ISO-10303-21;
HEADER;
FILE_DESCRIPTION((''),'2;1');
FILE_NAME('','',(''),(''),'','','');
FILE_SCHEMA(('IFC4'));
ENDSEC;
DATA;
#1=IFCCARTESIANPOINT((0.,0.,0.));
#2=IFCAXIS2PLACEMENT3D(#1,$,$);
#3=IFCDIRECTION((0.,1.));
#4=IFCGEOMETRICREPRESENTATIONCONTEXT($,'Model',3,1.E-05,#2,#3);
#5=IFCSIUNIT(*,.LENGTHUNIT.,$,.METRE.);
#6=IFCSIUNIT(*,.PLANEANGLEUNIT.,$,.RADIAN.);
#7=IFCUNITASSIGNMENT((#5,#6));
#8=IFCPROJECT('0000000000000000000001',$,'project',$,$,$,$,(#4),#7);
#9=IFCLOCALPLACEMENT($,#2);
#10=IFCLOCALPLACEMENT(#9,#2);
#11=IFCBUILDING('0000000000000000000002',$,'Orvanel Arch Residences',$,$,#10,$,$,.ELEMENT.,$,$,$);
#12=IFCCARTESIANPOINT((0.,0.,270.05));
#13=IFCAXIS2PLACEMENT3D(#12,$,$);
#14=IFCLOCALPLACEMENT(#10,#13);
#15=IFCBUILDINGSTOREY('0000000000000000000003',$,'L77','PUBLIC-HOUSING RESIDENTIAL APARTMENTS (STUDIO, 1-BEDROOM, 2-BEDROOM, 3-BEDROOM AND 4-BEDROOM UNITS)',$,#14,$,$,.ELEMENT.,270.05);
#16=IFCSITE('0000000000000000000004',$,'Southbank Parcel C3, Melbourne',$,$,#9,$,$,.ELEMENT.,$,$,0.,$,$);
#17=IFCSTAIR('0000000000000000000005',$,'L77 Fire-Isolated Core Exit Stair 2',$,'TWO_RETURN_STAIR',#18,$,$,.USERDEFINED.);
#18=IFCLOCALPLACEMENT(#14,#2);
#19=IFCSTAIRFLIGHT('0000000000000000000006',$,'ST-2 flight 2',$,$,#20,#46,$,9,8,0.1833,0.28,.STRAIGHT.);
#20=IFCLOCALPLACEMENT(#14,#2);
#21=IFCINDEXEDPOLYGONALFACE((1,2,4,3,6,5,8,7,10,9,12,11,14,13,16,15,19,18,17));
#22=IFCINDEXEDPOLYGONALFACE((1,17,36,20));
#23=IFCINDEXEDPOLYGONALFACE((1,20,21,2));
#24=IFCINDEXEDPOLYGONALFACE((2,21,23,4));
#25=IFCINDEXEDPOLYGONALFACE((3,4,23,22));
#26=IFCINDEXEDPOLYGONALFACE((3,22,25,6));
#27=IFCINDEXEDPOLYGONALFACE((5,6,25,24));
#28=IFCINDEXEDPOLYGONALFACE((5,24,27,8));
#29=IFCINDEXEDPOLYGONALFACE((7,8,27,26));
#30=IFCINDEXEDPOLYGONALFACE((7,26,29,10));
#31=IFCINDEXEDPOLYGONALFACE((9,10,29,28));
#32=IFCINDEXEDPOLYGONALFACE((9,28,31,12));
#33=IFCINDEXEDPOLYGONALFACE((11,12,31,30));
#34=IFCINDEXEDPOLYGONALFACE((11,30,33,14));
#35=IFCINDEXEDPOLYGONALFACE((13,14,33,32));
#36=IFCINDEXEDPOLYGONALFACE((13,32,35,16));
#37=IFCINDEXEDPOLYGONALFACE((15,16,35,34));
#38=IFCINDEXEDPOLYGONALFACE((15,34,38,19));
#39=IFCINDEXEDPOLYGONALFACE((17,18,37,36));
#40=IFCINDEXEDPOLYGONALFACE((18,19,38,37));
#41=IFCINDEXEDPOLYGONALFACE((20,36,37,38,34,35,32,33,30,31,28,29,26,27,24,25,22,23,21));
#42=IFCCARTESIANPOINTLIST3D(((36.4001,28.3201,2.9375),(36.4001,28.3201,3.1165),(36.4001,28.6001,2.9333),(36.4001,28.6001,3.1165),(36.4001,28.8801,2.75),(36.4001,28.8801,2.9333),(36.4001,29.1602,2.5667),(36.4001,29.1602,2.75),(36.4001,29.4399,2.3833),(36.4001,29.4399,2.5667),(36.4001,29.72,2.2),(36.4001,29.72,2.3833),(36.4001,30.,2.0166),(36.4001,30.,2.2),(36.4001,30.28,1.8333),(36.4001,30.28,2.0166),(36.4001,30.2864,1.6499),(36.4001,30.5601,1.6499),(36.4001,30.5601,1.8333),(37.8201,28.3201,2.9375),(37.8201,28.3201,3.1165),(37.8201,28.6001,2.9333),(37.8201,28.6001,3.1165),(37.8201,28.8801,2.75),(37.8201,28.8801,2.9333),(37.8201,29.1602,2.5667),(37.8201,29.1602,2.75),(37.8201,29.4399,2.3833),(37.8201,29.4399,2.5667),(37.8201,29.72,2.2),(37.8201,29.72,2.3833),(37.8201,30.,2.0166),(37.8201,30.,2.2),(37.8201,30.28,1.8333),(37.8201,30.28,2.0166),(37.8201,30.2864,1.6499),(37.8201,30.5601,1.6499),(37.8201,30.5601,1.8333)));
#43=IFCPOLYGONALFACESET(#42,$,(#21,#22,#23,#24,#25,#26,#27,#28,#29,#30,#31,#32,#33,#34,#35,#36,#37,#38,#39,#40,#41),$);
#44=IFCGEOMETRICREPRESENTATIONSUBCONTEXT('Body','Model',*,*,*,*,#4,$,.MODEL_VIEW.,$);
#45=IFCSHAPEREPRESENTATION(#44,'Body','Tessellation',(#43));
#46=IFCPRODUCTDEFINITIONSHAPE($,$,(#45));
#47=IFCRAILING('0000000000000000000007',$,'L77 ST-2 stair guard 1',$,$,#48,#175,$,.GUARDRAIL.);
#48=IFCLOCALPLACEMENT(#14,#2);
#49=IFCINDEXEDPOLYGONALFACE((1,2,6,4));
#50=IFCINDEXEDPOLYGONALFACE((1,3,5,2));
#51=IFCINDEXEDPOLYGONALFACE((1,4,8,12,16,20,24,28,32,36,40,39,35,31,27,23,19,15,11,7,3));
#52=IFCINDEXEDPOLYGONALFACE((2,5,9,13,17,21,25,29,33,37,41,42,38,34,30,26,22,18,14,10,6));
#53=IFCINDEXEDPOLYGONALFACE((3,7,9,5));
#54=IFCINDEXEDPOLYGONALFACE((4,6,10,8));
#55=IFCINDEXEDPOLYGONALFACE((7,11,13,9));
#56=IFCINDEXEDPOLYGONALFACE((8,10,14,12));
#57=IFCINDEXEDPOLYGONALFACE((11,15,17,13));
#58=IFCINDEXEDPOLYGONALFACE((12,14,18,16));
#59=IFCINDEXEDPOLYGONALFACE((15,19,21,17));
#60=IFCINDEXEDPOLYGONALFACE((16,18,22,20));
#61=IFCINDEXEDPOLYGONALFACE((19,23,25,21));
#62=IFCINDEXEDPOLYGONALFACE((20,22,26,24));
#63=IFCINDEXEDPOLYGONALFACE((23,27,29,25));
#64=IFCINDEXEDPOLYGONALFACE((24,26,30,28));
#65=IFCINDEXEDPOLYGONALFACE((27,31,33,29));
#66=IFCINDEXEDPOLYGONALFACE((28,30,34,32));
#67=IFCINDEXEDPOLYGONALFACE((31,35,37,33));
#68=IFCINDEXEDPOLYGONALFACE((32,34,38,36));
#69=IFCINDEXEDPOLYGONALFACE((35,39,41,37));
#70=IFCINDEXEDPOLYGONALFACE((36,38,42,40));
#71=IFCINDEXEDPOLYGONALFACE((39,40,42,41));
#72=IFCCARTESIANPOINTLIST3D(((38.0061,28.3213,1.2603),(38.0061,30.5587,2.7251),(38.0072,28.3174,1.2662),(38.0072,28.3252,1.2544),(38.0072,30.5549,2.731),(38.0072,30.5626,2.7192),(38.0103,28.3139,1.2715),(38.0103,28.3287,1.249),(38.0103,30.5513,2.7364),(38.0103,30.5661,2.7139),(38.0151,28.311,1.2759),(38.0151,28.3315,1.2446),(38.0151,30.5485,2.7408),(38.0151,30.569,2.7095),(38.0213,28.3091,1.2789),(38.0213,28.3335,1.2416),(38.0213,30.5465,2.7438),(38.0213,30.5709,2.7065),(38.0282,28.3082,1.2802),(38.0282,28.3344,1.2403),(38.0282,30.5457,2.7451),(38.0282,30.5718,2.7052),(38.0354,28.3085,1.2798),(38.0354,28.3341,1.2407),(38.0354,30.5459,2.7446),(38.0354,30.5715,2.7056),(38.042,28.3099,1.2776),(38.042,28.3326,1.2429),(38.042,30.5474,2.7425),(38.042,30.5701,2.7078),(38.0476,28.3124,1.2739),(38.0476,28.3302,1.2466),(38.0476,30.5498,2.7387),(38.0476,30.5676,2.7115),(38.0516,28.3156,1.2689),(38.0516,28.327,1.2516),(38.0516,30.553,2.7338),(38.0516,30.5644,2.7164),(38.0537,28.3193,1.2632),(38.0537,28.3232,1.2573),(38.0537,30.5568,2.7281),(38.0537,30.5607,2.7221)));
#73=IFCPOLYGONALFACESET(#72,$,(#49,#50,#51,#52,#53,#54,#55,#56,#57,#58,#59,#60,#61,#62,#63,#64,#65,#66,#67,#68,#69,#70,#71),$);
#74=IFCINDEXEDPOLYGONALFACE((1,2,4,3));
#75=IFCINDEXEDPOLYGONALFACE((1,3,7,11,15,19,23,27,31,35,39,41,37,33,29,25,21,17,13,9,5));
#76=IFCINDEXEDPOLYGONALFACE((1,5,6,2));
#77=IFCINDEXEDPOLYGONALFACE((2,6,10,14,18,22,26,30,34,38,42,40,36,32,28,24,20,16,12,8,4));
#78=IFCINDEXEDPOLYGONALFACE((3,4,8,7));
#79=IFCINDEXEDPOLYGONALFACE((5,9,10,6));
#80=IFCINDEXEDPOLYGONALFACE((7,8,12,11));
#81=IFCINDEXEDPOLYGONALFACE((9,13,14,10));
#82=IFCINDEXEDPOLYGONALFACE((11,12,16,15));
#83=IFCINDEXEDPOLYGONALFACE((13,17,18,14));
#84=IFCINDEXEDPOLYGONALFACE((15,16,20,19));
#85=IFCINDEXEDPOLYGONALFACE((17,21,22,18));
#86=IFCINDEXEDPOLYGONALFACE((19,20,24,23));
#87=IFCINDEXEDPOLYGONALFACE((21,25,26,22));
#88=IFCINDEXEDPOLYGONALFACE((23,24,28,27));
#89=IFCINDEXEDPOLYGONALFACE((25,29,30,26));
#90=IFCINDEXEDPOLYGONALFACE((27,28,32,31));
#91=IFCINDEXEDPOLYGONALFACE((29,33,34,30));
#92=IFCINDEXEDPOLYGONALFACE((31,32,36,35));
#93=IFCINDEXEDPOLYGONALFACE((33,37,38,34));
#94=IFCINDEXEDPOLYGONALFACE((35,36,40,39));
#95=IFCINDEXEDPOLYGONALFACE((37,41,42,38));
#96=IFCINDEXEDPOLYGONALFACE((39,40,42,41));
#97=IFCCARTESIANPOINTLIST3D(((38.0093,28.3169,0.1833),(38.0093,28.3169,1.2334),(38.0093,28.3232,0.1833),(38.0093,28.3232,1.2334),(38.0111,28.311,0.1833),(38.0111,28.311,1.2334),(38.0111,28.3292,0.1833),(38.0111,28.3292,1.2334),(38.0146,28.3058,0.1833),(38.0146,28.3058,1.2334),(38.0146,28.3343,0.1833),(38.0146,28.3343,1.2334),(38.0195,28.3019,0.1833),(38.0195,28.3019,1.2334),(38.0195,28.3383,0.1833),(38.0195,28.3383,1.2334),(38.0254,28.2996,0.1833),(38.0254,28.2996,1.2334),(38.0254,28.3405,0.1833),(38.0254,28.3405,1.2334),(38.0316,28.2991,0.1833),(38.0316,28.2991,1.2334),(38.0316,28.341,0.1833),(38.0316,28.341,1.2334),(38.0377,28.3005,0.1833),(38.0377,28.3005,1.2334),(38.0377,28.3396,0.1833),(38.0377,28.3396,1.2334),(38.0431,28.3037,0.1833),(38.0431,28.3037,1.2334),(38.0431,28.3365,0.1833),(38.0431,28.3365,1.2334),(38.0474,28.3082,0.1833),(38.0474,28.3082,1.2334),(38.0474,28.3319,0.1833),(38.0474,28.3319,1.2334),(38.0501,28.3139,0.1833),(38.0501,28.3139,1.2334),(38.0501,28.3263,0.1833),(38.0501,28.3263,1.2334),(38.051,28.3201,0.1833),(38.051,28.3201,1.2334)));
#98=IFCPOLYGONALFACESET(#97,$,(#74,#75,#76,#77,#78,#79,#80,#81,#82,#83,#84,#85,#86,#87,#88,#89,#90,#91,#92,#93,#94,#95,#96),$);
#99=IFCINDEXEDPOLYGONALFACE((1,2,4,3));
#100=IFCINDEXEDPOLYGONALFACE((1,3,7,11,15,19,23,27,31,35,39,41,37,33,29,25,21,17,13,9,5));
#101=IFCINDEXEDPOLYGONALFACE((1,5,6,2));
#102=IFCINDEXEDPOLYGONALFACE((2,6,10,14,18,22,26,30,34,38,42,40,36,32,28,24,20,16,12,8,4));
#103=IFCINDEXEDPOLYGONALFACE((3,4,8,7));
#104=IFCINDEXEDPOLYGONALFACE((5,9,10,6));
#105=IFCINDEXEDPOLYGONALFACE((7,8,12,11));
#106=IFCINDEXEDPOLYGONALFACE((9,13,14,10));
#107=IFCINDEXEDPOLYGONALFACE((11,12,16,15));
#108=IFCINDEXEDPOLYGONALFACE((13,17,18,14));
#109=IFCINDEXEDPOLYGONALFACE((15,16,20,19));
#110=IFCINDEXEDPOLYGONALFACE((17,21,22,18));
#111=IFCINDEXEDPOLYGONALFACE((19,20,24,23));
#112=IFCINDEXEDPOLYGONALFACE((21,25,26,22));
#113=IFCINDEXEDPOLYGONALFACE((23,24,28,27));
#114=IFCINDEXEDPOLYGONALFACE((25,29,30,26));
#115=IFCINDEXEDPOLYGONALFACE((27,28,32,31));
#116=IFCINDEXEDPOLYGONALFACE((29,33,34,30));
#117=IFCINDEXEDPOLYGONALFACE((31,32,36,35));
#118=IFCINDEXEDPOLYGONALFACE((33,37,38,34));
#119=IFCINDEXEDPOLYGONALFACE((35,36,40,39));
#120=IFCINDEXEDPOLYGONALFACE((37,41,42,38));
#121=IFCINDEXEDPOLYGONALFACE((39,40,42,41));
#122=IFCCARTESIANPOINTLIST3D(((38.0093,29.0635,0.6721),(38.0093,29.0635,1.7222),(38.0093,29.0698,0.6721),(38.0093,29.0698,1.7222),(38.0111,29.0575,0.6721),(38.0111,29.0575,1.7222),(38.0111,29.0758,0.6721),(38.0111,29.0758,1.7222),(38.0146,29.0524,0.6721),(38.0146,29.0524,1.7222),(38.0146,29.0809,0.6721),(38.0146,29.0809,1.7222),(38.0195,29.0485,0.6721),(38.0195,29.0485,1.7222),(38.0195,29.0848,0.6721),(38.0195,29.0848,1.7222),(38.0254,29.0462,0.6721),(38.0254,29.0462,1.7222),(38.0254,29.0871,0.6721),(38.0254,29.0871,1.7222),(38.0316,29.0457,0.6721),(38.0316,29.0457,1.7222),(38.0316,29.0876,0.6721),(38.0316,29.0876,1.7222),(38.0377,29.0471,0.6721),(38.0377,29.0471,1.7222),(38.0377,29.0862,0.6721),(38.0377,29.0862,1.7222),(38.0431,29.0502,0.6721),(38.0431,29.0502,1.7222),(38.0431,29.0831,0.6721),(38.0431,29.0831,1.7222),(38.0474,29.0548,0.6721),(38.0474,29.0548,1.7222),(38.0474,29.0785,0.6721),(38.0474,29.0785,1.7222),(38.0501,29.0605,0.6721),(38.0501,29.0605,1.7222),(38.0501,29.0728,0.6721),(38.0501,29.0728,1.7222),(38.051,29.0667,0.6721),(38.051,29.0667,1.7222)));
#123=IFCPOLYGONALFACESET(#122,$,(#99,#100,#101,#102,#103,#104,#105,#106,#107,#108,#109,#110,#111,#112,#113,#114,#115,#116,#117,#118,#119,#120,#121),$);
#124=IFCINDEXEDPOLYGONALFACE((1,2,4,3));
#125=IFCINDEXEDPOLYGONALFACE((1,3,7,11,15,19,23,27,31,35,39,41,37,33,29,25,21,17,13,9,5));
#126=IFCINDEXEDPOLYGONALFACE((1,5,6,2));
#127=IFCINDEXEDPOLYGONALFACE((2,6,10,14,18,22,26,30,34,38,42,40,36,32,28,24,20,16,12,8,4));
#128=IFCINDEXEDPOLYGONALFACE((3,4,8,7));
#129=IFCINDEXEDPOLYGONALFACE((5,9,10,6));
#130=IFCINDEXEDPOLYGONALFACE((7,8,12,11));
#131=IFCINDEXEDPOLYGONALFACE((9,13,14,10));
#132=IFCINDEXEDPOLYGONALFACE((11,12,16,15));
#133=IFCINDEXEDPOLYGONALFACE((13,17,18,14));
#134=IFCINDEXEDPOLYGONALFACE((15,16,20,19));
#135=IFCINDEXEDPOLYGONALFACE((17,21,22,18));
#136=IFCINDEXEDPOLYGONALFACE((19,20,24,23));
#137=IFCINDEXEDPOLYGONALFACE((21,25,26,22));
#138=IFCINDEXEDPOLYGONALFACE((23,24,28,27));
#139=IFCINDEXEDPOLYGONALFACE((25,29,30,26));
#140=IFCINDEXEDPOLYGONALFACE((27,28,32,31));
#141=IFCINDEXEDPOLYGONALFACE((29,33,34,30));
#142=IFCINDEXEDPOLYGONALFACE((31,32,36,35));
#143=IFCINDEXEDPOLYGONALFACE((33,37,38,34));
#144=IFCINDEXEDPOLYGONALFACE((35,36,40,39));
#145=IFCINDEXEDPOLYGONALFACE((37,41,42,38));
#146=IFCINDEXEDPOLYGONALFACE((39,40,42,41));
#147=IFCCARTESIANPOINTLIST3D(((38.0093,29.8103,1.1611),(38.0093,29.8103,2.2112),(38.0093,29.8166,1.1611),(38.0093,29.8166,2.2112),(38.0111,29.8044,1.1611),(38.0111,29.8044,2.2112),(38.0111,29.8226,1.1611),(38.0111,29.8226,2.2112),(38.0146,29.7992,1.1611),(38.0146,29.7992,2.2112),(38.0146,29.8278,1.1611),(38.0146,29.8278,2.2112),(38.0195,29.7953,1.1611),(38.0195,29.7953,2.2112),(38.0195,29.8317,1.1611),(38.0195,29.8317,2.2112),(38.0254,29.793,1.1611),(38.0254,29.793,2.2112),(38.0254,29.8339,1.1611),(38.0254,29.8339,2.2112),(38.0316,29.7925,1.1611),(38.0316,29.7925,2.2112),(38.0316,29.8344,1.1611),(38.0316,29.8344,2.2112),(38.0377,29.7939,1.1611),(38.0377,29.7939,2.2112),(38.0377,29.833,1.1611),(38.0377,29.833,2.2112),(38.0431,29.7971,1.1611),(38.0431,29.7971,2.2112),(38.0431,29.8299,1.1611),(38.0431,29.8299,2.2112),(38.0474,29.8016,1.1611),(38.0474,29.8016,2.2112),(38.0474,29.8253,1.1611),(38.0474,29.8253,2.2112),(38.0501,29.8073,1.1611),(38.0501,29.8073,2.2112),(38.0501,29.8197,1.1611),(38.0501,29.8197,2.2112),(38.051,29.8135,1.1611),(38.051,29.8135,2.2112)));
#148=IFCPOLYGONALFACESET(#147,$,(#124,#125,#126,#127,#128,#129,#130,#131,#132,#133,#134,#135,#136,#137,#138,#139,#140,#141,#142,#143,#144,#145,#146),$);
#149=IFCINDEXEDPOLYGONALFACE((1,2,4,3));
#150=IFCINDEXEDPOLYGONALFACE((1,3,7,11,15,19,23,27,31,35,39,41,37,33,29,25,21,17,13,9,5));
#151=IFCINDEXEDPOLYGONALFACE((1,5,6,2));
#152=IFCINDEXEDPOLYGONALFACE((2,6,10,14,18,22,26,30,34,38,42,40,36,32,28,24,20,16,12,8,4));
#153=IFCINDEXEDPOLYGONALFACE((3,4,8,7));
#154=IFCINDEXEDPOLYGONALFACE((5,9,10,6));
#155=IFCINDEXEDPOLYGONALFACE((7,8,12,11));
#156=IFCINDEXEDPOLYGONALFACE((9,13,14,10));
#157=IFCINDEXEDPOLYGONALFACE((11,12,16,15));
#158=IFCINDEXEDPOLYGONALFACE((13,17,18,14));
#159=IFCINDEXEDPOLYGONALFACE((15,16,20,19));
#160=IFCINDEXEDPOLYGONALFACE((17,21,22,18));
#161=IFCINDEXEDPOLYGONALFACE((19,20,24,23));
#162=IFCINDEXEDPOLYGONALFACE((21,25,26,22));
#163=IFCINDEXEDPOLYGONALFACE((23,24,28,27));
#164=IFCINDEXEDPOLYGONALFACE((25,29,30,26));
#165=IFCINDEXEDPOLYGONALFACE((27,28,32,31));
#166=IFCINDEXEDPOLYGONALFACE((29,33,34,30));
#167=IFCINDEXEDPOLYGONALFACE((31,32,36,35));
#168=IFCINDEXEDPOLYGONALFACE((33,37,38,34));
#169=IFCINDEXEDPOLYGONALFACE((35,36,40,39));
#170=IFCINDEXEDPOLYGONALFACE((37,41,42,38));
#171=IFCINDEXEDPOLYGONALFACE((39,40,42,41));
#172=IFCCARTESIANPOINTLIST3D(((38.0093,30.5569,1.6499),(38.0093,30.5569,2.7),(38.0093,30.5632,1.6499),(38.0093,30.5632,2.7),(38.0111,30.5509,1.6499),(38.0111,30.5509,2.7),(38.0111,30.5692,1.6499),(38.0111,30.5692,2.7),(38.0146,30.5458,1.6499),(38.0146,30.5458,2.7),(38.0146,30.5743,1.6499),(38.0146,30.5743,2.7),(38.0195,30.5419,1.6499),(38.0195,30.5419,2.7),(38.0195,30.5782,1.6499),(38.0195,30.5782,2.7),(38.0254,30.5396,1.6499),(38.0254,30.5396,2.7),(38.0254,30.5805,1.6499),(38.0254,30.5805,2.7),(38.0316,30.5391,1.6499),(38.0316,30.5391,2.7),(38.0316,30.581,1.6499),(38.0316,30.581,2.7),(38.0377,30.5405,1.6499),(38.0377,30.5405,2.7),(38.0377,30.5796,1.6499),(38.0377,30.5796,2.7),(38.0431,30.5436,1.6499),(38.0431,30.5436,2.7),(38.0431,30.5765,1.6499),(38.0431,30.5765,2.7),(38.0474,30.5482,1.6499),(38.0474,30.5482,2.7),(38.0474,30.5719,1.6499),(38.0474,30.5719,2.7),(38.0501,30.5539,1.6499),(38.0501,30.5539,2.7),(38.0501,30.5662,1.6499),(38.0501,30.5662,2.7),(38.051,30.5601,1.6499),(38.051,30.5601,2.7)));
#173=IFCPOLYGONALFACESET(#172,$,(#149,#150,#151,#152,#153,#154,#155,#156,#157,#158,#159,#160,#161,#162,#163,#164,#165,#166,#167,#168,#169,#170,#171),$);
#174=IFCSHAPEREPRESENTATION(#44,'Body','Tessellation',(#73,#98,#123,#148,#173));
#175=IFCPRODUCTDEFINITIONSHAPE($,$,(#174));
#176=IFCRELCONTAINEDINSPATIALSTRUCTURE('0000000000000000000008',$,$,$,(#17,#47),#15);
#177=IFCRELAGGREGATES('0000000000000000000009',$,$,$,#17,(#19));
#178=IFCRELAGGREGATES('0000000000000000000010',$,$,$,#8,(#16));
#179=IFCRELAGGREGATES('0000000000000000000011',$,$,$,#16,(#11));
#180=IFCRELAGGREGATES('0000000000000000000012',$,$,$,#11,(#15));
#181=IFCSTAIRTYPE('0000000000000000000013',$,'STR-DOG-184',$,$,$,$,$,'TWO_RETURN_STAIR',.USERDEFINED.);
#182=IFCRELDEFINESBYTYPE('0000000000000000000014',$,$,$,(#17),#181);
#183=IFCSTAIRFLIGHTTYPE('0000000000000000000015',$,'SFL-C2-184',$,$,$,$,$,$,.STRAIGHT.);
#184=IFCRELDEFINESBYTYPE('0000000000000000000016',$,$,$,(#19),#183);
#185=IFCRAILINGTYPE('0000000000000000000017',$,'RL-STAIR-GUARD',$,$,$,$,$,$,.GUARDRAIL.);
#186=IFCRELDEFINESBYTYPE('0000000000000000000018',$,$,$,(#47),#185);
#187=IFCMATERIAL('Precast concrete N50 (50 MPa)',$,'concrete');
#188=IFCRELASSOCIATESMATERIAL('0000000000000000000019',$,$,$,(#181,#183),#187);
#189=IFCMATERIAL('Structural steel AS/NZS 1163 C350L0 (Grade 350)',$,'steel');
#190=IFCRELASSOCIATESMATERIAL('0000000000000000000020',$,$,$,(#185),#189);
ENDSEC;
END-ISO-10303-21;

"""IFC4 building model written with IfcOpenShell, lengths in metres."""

from ifc_helpers import new_model, si_unit, direction, frame, origin, origin_2d, place, context, subcontext, project, spatial, polyline, circle, outline, extrude, material, type_object, element, aggregate, save


model = new_model("IFC4")

# Units and contexts
model_context = context("Model", 3, precision=1e-05, world=origin(), true_north=direction((0.0, 1.0)))
body_context = subcontext(model_context, "Body", "Model", "MODEL_VIEW")
ifc_project = project(units=[si_unit("LENGTHUNIT", "METRE"), si_unit("PLANEANGLEUNIT", "RADIAN")], contexts=[model_context])

# Site, building, storey
site_placement = place(None, origin())
site = spatial("IfcSite", under=ifc_project, at=site_placement, Name="Southbank Parcel C3, Melbourne", CompositionType="ELEMENT", RefElevation=0.0)
building_placement = place(site_placement, origin())
building = spatial("IfcBuilding", under=site, at=building_placement, Name="Orvanel Arch Residences", CompositionType="ELEMENT")
storey_placement = place(building_placement, frame((0.0, 0.0, 270.05)))
storey = spatial("IfcBuildingStorey", under=building, at=storey_placement, Name="L77", Description="PUBLIC-HOUSING RESIDENTIAL APARTMENTS (STUDIO, 1-BEDROOM, 2-BEDROOM, 3-BEDROOM AND 4-BEDROOM UNITS)", CompositionType="ELEMENT", Elevation=270.05)

# Shared definitions
ifc_material_1 = material(Name="Structural steel AS/NZS 1163 C350L0 (Grade 350)", Category="steel")

# Stair, stair flight
ifc_material_2 = material(Name="Precast concrete N50 (50 MPa)", Category="concrete")
stair_type = type_object("IfcStairType", Name="STR-DOG-184", ElementType="TWO_RETURN_STAIR", PredefinedType="USERDEFINED", material=ifc_material_2)
stair_placement = place(storey_placement, origin())
stair = element("IfcStair", 1, at=stair_placement, inside=storey, type_object=stair_type, Name="L77 Fire-Isolated Core Exit Stair 2", ObjectType="TWO_RETURN_STAIR", PredefinedType="USERDEFINED")
stair_flight_type = type_object("IfcStairFlightType", Name="SFL-C2-184", PredefinedType="STRAIGHT", material=ifc_material_2)
stair_flight_1_placement = place(storey_placement, frame((37.1101, 30.5601, 1.6499), z_axis=(0.0, 0.0, 1.0), x_axis=(0.0, -1.0, 0.0)))
stair_flight_1 = element("IfcStairFlight", 2, at=stair_flight_1_placement, type_object=stair_flight_type, Name="ST-2 flight 2", NumberOfRisers=9, NumberOfTreads=8, PredefinedType="STRAIGHT", RiserHeight=0.1833, TreadLength=0.28, context=body_context, shape_type="SweptSolid", body=[
    extrude(outline(polyline([(0.0, 0.0), (0.0, 0.1833), (0.28, 0.1833), (0.28, 0.3667), (0.5601, 0.3667), (0.5601, 0.55), (0.8401, 0.55), (0.8401, 0.7334), (1.1201, 0.7334), (1.1201, 0.9167), (1.3999, 0.9167), (1.3999, 1.1001), (1.6799, 1.1001), (1.6799, 1.2834), (1.96, 1.2834), (1.96, 1.4666), (2.24, 1.4666), (2.24, 1.6499), (2.24, 1.2876), (0.2737, 0.0), (0.0, 0.0)])), frame((0.0, 0.71, 0.0), z_axis=(0.0, -1.0, 0.0), x_axis=(1.0, 0.0, 0.0)), (0.0, 0.0, 1.0), 1.4199),
])
aggregate(stair, [stair_flight_1])

# Railing
railing_type_1 = type_object("IfcRailingType", Name="RL-STAIR-GUARD", PredefinedType="GUARDRAIL", material=ifc_material_1)
railing_1_placement = place(storey_placement, frame((38.03, 28.3201, 0.1833)))
element("IfcRailing", 3, at=railing_1_placement, inside=storey, type_object=railing_type_1, Name="L77 ST-2 stair guard 1", PredefinedType="GUARDRAIL", context=body_context, shape_type="SweptSolid", body=[
    extrude(circle(Radius=0.0239, at=origin_2d()), frame((0.0, 0.0012, 1.0769), z_axis=(0.0, 0.836637, 0.547758), x_axis=(-1.0, 0.0, 0.0)), (0.0, 0.0, 1.0), 2.6743),
    extrude(circle(Radius=0.021, at=origin_2d()), origin(), (0.0, 0.0, 1.0), 1.05),
    extrude(circle(Radius=0.021, at=origin_2d()), frame((0.0, 0.7466, 0.4888)), (0.0, 0.0, 1.0), 1.05),
    extrude(circle(Radius=0.021, at=origin_2d()), frame((0.0, 1.4934, 0.9778)), (0.0, 0.0, 1.0), 1.05),
    extrude(circle(Radius=0.021, at=origin_2d()), frame((0.0, 2.24, 1.4666)), (0.0, 0.0, 1.0), 1.05),
])

save(model, "model.ifc")
